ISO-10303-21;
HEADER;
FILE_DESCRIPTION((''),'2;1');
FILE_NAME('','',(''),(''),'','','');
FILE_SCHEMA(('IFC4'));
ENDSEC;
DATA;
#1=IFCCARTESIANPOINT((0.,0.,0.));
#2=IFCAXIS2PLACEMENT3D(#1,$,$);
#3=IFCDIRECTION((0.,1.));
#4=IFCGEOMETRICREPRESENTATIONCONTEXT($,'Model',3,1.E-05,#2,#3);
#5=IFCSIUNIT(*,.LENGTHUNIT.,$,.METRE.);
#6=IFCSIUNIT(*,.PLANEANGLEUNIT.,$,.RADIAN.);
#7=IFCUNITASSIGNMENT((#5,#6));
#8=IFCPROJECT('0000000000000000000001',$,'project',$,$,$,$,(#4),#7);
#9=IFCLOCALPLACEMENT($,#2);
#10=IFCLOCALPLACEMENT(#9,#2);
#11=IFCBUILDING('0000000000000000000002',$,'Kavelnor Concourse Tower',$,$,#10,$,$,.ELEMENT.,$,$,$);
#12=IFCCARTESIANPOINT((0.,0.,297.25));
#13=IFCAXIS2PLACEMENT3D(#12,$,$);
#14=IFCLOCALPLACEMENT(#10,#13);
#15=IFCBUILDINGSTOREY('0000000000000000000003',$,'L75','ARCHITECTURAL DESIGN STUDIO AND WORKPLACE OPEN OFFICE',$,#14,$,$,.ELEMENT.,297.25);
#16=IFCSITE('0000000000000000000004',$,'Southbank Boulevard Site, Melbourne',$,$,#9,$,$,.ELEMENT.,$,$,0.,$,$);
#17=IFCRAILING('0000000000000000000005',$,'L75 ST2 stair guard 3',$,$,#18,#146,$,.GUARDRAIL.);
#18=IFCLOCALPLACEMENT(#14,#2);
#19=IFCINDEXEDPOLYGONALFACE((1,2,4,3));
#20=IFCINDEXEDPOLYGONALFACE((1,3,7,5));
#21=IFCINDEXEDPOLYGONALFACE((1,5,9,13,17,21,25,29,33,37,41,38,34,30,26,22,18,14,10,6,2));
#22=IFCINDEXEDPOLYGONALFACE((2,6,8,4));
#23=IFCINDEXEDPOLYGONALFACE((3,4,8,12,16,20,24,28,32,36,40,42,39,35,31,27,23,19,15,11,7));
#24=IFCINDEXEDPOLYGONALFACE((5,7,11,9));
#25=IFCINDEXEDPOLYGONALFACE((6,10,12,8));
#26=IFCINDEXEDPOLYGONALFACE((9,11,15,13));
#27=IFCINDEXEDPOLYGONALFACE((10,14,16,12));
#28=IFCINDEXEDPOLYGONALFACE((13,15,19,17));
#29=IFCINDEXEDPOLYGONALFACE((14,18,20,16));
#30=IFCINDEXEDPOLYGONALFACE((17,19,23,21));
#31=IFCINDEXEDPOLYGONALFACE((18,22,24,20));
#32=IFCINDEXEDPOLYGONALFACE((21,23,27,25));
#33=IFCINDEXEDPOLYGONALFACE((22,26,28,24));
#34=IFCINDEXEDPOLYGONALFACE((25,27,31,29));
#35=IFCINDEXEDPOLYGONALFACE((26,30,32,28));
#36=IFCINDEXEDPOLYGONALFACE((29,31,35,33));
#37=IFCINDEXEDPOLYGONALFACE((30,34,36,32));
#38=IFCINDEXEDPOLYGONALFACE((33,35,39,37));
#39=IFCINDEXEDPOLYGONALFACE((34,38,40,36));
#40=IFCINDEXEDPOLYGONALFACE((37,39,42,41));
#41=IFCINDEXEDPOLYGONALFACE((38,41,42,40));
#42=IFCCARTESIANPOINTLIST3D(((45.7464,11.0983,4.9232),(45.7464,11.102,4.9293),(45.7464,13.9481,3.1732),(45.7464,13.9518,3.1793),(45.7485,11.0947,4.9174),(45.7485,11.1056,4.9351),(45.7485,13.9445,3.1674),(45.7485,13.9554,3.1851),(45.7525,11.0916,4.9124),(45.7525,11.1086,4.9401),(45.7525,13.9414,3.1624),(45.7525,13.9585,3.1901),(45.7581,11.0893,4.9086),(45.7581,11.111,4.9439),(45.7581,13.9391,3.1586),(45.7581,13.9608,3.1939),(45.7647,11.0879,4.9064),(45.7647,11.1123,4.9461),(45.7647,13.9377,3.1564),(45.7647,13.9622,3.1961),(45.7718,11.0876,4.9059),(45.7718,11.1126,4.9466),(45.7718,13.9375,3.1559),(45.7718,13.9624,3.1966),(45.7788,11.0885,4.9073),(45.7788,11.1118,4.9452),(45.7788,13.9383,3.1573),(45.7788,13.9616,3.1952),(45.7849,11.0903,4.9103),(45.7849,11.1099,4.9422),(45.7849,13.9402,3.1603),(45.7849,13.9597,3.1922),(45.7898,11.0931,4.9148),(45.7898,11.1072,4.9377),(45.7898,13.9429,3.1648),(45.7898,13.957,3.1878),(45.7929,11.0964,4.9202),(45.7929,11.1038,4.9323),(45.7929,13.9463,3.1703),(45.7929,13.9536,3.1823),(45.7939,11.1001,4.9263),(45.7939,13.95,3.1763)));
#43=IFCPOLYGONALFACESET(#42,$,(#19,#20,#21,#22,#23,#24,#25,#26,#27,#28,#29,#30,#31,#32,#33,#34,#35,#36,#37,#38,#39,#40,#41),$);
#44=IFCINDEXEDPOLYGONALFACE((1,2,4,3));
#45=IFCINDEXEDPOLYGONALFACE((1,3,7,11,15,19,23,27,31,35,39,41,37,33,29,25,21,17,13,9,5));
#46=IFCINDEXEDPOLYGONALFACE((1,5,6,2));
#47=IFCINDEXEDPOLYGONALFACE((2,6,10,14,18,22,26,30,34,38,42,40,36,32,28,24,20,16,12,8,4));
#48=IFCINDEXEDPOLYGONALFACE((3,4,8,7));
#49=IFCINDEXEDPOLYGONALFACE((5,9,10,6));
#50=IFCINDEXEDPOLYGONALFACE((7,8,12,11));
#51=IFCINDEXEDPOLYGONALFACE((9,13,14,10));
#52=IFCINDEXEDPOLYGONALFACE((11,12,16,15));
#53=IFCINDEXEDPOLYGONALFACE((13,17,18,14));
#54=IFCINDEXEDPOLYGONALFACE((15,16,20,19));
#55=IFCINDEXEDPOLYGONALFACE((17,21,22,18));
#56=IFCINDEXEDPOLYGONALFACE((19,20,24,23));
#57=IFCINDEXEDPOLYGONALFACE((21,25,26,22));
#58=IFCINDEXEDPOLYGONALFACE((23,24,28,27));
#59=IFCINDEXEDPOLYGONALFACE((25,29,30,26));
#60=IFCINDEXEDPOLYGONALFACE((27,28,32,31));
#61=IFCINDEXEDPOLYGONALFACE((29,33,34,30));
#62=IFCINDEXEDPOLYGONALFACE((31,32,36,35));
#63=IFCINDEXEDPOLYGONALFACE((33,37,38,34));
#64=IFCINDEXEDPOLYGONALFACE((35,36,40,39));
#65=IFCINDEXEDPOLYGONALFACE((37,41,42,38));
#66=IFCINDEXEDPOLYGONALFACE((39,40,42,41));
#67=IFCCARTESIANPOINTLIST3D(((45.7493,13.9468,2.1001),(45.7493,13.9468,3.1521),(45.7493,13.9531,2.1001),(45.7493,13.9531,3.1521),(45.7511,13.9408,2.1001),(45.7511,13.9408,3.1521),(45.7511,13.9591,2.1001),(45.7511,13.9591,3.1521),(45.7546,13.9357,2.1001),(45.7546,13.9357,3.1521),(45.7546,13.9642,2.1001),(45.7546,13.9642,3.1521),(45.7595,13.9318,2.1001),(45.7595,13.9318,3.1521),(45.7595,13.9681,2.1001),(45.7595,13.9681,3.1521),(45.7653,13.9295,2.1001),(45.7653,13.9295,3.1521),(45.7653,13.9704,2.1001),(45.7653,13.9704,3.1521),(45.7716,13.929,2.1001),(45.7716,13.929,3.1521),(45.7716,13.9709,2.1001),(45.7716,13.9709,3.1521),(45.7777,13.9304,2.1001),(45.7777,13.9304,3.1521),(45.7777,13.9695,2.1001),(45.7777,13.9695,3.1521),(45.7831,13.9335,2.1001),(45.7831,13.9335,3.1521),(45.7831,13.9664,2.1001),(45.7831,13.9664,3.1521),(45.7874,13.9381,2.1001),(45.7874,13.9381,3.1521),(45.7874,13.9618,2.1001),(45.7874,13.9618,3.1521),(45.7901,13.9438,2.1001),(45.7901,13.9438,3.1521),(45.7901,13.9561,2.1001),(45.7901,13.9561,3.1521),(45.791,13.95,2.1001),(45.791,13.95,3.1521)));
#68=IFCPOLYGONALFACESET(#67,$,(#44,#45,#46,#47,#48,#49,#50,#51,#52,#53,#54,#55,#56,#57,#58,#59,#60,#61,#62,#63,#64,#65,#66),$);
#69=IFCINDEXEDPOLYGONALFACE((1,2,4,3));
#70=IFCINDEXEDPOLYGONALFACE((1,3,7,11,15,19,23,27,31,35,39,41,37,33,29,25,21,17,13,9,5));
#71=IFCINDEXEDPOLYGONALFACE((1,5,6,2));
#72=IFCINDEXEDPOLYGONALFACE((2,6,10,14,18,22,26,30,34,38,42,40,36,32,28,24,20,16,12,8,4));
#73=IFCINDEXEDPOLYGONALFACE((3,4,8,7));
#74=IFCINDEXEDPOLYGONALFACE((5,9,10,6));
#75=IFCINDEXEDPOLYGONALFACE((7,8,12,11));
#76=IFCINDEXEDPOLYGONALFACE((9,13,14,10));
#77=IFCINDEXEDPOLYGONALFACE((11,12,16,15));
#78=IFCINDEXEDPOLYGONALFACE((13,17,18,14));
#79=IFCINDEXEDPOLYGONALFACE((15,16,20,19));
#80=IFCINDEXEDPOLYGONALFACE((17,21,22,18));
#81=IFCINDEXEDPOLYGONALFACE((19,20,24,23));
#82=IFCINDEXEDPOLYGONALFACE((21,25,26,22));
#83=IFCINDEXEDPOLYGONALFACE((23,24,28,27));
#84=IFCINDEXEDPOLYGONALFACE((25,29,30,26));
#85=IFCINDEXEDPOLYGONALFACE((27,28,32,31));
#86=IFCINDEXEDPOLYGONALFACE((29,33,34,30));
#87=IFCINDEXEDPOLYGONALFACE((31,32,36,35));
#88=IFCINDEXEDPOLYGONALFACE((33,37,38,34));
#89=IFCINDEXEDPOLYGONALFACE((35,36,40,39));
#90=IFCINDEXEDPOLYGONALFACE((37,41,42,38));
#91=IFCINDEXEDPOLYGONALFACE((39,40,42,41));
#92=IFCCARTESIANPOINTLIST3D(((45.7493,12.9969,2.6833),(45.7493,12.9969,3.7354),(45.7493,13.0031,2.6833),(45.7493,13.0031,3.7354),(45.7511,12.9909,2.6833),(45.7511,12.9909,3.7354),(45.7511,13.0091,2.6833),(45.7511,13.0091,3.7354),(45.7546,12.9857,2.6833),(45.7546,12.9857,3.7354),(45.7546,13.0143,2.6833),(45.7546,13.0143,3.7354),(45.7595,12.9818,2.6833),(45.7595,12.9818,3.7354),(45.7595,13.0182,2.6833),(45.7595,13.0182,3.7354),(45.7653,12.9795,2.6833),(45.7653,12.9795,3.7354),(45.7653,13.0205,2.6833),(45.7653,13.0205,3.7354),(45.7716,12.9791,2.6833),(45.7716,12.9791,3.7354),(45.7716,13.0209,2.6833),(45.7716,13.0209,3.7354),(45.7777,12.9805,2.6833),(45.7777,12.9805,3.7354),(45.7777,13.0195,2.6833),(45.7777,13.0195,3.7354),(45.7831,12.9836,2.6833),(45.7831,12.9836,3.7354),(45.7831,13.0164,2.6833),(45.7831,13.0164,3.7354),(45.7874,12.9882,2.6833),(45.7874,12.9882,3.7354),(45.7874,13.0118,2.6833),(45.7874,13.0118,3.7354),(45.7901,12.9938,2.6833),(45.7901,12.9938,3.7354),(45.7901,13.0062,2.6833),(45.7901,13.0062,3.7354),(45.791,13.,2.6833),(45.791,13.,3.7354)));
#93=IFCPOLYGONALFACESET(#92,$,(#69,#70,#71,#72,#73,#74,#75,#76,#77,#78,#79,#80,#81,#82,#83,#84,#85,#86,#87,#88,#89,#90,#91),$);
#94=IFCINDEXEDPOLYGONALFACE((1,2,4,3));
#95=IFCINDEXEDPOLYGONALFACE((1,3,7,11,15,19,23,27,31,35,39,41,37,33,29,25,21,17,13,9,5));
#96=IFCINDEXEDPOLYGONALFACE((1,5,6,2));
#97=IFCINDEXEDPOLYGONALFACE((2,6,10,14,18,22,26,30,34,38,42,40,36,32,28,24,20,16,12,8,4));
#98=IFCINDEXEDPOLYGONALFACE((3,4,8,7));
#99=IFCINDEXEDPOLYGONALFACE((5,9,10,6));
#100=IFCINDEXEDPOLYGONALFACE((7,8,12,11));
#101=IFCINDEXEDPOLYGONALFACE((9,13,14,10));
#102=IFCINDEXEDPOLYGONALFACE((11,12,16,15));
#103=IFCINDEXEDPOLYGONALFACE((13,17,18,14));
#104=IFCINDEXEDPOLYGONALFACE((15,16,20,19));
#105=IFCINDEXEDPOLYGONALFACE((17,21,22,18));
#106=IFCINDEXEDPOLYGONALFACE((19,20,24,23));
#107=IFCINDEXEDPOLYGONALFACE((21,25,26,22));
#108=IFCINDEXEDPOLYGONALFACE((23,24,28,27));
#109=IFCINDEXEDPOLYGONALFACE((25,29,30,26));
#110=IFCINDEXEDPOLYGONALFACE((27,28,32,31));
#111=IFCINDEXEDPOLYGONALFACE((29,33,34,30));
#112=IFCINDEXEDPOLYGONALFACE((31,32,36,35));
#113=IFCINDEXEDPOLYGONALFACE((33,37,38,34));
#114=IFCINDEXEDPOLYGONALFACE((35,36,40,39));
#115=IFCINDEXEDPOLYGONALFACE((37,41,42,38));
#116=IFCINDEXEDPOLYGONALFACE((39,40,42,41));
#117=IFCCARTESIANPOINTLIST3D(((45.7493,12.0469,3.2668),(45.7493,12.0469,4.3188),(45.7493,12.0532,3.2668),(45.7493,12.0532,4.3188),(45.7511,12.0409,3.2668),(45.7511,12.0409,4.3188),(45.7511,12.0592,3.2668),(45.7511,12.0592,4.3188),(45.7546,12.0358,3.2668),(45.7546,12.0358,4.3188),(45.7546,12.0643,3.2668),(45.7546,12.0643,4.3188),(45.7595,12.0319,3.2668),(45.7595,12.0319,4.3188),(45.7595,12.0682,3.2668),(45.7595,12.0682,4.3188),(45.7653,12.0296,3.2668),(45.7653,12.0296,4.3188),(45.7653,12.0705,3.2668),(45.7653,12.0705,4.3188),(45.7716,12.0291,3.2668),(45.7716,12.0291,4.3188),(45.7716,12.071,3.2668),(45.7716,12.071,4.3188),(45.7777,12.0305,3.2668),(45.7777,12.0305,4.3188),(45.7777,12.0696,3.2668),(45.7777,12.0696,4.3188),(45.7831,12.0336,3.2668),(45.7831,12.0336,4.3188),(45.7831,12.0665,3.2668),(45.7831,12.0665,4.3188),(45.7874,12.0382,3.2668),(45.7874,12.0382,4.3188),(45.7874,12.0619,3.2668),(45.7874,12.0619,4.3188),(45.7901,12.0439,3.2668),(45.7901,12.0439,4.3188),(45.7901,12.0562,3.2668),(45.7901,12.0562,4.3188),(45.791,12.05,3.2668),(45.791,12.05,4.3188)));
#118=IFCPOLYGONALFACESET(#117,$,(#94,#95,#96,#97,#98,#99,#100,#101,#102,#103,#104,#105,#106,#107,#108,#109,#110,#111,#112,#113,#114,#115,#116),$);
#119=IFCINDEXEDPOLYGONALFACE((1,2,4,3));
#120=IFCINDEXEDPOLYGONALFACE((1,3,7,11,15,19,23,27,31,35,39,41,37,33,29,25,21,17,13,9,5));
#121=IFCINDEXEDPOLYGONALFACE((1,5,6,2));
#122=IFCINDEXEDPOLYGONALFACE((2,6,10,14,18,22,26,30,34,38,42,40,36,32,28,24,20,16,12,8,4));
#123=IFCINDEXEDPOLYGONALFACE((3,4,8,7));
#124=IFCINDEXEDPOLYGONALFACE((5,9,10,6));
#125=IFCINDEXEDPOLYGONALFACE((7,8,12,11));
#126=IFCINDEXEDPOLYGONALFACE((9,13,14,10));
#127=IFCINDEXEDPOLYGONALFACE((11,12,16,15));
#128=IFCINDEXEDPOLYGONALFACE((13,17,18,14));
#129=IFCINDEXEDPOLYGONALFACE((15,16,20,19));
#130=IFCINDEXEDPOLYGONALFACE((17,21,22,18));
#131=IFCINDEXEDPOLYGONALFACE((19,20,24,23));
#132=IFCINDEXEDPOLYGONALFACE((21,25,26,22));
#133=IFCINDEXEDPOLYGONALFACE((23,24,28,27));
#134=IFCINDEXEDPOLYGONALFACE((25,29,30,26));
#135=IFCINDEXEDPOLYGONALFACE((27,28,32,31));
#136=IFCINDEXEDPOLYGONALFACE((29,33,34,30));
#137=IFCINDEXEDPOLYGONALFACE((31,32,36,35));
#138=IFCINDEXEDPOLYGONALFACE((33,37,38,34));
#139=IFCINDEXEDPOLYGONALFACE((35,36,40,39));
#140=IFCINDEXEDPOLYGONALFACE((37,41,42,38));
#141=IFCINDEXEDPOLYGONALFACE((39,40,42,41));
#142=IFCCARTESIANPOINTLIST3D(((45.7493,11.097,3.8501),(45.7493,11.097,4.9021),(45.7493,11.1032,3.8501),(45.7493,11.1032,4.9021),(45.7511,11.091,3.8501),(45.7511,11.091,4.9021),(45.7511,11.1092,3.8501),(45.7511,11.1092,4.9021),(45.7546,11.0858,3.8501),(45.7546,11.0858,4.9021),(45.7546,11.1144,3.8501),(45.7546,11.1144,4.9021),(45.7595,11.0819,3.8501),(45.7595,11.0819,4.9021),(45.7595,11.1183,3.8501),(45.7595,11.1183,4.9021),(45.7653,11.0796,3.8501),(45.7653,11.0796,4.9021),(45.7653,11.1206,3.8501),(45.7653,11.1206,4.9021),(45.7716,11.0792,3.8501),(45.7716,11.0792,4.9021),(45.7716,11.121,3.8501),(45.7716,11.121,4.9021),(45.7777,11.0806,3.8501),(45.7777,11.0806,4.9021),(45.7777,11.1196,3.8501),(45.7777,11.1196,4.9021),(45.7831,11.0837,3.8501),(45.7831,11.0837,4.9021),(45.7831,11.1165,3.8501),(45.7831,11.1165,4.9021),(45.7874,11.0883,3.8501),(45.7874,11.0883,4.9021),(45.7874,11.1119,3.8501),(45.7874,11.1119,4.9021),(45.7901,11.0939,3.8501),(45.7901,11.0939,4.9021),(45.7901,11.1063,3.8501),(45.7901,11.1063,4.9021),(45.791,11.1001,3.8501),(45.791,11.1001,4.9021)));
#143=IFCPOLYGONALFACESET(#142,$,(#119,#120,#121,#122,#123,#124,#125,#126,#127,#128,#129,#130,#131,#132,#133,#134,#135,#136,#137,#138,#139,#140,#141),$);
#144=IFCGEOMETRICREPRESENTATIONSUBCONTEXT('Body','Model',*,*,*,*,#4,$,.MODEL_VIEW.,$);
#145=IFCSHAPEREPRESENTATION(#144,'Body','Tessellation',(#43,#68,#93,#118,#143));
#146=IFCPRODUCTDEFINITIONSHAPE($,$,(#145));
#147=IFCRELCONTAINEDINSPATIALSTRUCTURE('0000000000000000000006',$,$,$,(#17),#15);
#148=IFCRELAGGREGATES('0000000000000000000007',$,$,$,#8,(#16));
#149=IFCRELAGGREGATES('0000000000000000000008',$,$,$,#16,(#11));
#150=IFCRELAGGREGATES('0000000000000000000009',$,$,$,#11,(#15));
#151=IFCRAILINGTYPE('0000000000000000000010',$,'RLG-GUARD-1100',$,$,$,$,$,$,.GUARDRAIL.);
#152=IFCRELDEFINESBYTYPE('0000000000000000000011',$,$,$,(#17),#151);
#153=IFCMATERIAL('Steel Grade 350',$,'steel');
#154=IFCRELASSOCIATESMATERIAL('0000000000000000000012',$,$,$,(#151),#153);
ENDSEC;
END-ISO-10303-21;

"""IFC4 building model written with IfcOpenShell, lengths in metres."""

from ifc_helpers import new_model, si_unit, direction, frame, origin, origin_2d, place, context, subcontext, project, spatial, circle, extrude, material, type_object, element, save


model = new_model("IFC4")

# Units and contexts
model_context = context("Model", 3, precision=1e-05, world=origin(), true_north=direction((0.0, 1.0)))
body_context = subcontext(model_context, "Body", "Model", "MODEL_VIEW")
ifc_project = project(units=[si_unit("LENGTHUNIT", "METRE"), si_unit("PLANEANGLEUNIT", "RADIAN")], contexts=[model_context])

# Site, building, storey
site_placement = place(None, origin())
site = spatial("IfcSite", under=ifc_project, at=site_placement, Name="Southbank Boulevard Site, Melbourne", CompositionType="ELEMENT", RefElevation=0.0)
building_placement = place(site_placement, origin())
building = spatial("IfcBuilding", under=site, at=building_placement, Name="Kavelnor Concourse Tower", CompositionType="ELEMENT")
storey_placement = place(building_placement, frame((0.0, 0.0, 297.25)))
storey = spatial("IfcBuildingStorey", under=building, at=storey_placement, Name="L75", Description="ARCHITECTURAL DESIGN STUDIO AND WORKPLACE OPEN OFFICE", CompositionType="ELEMENT", Elevation=297.25)

# Shared definitions
ifc_material_1 = material(Name="Steel Grade 350", Category="steel")

# Railing
railing_type_1 = type_object("IfcRailingType", Name="RLG-GUARD-1100", PredefinedType="GUARDRAIL", material=ifc_material_1)
railing_1_placement = place(storey_placement, frame((45.77, 13.95, 2.1001)))
element("IfcRailing", 1, at=railing_1_placement, inside=storey, type_object=railing_type_1, Name="L75 ST2 stair guard 3", PredefinedType="GUARDRAIL", context=body_context, shape_type="SweptSolid", body=[
    extrude(circle(Radius=0.0239, at=origin_2d()), frame((0.0, 0.0, 1.0762), z_axis=(0.0, -0.852159, 0.523283), x_axis=(1.0, 0.0, 0.0)), (0.0, 0.0, 1.0), 3.3442),
    extrude(circle(Radius=0.021, at=origin_2d()), origin(), (0.0, 0.0, 1.0), 1.052),
    extrude(circle(Radius=0.021, at=origin_2d()), frame((0.0, -0.95, 0.5833)), (0.0, 0.0, 1.0), 1.052),
    extrude(circle(Radius=0.021, at=origin_2d()), frame((0.0, -1.8999, 1.1667)), (0.0, 0.0, 1.0), 1.052),
    extrude(circle(Radius=0.021, at=origin_2d()), frame((0.0, -2.8499, 1.75)), (0.0, 0.0, 1.0), 1.052),
])

save(model, "model.ifc")
